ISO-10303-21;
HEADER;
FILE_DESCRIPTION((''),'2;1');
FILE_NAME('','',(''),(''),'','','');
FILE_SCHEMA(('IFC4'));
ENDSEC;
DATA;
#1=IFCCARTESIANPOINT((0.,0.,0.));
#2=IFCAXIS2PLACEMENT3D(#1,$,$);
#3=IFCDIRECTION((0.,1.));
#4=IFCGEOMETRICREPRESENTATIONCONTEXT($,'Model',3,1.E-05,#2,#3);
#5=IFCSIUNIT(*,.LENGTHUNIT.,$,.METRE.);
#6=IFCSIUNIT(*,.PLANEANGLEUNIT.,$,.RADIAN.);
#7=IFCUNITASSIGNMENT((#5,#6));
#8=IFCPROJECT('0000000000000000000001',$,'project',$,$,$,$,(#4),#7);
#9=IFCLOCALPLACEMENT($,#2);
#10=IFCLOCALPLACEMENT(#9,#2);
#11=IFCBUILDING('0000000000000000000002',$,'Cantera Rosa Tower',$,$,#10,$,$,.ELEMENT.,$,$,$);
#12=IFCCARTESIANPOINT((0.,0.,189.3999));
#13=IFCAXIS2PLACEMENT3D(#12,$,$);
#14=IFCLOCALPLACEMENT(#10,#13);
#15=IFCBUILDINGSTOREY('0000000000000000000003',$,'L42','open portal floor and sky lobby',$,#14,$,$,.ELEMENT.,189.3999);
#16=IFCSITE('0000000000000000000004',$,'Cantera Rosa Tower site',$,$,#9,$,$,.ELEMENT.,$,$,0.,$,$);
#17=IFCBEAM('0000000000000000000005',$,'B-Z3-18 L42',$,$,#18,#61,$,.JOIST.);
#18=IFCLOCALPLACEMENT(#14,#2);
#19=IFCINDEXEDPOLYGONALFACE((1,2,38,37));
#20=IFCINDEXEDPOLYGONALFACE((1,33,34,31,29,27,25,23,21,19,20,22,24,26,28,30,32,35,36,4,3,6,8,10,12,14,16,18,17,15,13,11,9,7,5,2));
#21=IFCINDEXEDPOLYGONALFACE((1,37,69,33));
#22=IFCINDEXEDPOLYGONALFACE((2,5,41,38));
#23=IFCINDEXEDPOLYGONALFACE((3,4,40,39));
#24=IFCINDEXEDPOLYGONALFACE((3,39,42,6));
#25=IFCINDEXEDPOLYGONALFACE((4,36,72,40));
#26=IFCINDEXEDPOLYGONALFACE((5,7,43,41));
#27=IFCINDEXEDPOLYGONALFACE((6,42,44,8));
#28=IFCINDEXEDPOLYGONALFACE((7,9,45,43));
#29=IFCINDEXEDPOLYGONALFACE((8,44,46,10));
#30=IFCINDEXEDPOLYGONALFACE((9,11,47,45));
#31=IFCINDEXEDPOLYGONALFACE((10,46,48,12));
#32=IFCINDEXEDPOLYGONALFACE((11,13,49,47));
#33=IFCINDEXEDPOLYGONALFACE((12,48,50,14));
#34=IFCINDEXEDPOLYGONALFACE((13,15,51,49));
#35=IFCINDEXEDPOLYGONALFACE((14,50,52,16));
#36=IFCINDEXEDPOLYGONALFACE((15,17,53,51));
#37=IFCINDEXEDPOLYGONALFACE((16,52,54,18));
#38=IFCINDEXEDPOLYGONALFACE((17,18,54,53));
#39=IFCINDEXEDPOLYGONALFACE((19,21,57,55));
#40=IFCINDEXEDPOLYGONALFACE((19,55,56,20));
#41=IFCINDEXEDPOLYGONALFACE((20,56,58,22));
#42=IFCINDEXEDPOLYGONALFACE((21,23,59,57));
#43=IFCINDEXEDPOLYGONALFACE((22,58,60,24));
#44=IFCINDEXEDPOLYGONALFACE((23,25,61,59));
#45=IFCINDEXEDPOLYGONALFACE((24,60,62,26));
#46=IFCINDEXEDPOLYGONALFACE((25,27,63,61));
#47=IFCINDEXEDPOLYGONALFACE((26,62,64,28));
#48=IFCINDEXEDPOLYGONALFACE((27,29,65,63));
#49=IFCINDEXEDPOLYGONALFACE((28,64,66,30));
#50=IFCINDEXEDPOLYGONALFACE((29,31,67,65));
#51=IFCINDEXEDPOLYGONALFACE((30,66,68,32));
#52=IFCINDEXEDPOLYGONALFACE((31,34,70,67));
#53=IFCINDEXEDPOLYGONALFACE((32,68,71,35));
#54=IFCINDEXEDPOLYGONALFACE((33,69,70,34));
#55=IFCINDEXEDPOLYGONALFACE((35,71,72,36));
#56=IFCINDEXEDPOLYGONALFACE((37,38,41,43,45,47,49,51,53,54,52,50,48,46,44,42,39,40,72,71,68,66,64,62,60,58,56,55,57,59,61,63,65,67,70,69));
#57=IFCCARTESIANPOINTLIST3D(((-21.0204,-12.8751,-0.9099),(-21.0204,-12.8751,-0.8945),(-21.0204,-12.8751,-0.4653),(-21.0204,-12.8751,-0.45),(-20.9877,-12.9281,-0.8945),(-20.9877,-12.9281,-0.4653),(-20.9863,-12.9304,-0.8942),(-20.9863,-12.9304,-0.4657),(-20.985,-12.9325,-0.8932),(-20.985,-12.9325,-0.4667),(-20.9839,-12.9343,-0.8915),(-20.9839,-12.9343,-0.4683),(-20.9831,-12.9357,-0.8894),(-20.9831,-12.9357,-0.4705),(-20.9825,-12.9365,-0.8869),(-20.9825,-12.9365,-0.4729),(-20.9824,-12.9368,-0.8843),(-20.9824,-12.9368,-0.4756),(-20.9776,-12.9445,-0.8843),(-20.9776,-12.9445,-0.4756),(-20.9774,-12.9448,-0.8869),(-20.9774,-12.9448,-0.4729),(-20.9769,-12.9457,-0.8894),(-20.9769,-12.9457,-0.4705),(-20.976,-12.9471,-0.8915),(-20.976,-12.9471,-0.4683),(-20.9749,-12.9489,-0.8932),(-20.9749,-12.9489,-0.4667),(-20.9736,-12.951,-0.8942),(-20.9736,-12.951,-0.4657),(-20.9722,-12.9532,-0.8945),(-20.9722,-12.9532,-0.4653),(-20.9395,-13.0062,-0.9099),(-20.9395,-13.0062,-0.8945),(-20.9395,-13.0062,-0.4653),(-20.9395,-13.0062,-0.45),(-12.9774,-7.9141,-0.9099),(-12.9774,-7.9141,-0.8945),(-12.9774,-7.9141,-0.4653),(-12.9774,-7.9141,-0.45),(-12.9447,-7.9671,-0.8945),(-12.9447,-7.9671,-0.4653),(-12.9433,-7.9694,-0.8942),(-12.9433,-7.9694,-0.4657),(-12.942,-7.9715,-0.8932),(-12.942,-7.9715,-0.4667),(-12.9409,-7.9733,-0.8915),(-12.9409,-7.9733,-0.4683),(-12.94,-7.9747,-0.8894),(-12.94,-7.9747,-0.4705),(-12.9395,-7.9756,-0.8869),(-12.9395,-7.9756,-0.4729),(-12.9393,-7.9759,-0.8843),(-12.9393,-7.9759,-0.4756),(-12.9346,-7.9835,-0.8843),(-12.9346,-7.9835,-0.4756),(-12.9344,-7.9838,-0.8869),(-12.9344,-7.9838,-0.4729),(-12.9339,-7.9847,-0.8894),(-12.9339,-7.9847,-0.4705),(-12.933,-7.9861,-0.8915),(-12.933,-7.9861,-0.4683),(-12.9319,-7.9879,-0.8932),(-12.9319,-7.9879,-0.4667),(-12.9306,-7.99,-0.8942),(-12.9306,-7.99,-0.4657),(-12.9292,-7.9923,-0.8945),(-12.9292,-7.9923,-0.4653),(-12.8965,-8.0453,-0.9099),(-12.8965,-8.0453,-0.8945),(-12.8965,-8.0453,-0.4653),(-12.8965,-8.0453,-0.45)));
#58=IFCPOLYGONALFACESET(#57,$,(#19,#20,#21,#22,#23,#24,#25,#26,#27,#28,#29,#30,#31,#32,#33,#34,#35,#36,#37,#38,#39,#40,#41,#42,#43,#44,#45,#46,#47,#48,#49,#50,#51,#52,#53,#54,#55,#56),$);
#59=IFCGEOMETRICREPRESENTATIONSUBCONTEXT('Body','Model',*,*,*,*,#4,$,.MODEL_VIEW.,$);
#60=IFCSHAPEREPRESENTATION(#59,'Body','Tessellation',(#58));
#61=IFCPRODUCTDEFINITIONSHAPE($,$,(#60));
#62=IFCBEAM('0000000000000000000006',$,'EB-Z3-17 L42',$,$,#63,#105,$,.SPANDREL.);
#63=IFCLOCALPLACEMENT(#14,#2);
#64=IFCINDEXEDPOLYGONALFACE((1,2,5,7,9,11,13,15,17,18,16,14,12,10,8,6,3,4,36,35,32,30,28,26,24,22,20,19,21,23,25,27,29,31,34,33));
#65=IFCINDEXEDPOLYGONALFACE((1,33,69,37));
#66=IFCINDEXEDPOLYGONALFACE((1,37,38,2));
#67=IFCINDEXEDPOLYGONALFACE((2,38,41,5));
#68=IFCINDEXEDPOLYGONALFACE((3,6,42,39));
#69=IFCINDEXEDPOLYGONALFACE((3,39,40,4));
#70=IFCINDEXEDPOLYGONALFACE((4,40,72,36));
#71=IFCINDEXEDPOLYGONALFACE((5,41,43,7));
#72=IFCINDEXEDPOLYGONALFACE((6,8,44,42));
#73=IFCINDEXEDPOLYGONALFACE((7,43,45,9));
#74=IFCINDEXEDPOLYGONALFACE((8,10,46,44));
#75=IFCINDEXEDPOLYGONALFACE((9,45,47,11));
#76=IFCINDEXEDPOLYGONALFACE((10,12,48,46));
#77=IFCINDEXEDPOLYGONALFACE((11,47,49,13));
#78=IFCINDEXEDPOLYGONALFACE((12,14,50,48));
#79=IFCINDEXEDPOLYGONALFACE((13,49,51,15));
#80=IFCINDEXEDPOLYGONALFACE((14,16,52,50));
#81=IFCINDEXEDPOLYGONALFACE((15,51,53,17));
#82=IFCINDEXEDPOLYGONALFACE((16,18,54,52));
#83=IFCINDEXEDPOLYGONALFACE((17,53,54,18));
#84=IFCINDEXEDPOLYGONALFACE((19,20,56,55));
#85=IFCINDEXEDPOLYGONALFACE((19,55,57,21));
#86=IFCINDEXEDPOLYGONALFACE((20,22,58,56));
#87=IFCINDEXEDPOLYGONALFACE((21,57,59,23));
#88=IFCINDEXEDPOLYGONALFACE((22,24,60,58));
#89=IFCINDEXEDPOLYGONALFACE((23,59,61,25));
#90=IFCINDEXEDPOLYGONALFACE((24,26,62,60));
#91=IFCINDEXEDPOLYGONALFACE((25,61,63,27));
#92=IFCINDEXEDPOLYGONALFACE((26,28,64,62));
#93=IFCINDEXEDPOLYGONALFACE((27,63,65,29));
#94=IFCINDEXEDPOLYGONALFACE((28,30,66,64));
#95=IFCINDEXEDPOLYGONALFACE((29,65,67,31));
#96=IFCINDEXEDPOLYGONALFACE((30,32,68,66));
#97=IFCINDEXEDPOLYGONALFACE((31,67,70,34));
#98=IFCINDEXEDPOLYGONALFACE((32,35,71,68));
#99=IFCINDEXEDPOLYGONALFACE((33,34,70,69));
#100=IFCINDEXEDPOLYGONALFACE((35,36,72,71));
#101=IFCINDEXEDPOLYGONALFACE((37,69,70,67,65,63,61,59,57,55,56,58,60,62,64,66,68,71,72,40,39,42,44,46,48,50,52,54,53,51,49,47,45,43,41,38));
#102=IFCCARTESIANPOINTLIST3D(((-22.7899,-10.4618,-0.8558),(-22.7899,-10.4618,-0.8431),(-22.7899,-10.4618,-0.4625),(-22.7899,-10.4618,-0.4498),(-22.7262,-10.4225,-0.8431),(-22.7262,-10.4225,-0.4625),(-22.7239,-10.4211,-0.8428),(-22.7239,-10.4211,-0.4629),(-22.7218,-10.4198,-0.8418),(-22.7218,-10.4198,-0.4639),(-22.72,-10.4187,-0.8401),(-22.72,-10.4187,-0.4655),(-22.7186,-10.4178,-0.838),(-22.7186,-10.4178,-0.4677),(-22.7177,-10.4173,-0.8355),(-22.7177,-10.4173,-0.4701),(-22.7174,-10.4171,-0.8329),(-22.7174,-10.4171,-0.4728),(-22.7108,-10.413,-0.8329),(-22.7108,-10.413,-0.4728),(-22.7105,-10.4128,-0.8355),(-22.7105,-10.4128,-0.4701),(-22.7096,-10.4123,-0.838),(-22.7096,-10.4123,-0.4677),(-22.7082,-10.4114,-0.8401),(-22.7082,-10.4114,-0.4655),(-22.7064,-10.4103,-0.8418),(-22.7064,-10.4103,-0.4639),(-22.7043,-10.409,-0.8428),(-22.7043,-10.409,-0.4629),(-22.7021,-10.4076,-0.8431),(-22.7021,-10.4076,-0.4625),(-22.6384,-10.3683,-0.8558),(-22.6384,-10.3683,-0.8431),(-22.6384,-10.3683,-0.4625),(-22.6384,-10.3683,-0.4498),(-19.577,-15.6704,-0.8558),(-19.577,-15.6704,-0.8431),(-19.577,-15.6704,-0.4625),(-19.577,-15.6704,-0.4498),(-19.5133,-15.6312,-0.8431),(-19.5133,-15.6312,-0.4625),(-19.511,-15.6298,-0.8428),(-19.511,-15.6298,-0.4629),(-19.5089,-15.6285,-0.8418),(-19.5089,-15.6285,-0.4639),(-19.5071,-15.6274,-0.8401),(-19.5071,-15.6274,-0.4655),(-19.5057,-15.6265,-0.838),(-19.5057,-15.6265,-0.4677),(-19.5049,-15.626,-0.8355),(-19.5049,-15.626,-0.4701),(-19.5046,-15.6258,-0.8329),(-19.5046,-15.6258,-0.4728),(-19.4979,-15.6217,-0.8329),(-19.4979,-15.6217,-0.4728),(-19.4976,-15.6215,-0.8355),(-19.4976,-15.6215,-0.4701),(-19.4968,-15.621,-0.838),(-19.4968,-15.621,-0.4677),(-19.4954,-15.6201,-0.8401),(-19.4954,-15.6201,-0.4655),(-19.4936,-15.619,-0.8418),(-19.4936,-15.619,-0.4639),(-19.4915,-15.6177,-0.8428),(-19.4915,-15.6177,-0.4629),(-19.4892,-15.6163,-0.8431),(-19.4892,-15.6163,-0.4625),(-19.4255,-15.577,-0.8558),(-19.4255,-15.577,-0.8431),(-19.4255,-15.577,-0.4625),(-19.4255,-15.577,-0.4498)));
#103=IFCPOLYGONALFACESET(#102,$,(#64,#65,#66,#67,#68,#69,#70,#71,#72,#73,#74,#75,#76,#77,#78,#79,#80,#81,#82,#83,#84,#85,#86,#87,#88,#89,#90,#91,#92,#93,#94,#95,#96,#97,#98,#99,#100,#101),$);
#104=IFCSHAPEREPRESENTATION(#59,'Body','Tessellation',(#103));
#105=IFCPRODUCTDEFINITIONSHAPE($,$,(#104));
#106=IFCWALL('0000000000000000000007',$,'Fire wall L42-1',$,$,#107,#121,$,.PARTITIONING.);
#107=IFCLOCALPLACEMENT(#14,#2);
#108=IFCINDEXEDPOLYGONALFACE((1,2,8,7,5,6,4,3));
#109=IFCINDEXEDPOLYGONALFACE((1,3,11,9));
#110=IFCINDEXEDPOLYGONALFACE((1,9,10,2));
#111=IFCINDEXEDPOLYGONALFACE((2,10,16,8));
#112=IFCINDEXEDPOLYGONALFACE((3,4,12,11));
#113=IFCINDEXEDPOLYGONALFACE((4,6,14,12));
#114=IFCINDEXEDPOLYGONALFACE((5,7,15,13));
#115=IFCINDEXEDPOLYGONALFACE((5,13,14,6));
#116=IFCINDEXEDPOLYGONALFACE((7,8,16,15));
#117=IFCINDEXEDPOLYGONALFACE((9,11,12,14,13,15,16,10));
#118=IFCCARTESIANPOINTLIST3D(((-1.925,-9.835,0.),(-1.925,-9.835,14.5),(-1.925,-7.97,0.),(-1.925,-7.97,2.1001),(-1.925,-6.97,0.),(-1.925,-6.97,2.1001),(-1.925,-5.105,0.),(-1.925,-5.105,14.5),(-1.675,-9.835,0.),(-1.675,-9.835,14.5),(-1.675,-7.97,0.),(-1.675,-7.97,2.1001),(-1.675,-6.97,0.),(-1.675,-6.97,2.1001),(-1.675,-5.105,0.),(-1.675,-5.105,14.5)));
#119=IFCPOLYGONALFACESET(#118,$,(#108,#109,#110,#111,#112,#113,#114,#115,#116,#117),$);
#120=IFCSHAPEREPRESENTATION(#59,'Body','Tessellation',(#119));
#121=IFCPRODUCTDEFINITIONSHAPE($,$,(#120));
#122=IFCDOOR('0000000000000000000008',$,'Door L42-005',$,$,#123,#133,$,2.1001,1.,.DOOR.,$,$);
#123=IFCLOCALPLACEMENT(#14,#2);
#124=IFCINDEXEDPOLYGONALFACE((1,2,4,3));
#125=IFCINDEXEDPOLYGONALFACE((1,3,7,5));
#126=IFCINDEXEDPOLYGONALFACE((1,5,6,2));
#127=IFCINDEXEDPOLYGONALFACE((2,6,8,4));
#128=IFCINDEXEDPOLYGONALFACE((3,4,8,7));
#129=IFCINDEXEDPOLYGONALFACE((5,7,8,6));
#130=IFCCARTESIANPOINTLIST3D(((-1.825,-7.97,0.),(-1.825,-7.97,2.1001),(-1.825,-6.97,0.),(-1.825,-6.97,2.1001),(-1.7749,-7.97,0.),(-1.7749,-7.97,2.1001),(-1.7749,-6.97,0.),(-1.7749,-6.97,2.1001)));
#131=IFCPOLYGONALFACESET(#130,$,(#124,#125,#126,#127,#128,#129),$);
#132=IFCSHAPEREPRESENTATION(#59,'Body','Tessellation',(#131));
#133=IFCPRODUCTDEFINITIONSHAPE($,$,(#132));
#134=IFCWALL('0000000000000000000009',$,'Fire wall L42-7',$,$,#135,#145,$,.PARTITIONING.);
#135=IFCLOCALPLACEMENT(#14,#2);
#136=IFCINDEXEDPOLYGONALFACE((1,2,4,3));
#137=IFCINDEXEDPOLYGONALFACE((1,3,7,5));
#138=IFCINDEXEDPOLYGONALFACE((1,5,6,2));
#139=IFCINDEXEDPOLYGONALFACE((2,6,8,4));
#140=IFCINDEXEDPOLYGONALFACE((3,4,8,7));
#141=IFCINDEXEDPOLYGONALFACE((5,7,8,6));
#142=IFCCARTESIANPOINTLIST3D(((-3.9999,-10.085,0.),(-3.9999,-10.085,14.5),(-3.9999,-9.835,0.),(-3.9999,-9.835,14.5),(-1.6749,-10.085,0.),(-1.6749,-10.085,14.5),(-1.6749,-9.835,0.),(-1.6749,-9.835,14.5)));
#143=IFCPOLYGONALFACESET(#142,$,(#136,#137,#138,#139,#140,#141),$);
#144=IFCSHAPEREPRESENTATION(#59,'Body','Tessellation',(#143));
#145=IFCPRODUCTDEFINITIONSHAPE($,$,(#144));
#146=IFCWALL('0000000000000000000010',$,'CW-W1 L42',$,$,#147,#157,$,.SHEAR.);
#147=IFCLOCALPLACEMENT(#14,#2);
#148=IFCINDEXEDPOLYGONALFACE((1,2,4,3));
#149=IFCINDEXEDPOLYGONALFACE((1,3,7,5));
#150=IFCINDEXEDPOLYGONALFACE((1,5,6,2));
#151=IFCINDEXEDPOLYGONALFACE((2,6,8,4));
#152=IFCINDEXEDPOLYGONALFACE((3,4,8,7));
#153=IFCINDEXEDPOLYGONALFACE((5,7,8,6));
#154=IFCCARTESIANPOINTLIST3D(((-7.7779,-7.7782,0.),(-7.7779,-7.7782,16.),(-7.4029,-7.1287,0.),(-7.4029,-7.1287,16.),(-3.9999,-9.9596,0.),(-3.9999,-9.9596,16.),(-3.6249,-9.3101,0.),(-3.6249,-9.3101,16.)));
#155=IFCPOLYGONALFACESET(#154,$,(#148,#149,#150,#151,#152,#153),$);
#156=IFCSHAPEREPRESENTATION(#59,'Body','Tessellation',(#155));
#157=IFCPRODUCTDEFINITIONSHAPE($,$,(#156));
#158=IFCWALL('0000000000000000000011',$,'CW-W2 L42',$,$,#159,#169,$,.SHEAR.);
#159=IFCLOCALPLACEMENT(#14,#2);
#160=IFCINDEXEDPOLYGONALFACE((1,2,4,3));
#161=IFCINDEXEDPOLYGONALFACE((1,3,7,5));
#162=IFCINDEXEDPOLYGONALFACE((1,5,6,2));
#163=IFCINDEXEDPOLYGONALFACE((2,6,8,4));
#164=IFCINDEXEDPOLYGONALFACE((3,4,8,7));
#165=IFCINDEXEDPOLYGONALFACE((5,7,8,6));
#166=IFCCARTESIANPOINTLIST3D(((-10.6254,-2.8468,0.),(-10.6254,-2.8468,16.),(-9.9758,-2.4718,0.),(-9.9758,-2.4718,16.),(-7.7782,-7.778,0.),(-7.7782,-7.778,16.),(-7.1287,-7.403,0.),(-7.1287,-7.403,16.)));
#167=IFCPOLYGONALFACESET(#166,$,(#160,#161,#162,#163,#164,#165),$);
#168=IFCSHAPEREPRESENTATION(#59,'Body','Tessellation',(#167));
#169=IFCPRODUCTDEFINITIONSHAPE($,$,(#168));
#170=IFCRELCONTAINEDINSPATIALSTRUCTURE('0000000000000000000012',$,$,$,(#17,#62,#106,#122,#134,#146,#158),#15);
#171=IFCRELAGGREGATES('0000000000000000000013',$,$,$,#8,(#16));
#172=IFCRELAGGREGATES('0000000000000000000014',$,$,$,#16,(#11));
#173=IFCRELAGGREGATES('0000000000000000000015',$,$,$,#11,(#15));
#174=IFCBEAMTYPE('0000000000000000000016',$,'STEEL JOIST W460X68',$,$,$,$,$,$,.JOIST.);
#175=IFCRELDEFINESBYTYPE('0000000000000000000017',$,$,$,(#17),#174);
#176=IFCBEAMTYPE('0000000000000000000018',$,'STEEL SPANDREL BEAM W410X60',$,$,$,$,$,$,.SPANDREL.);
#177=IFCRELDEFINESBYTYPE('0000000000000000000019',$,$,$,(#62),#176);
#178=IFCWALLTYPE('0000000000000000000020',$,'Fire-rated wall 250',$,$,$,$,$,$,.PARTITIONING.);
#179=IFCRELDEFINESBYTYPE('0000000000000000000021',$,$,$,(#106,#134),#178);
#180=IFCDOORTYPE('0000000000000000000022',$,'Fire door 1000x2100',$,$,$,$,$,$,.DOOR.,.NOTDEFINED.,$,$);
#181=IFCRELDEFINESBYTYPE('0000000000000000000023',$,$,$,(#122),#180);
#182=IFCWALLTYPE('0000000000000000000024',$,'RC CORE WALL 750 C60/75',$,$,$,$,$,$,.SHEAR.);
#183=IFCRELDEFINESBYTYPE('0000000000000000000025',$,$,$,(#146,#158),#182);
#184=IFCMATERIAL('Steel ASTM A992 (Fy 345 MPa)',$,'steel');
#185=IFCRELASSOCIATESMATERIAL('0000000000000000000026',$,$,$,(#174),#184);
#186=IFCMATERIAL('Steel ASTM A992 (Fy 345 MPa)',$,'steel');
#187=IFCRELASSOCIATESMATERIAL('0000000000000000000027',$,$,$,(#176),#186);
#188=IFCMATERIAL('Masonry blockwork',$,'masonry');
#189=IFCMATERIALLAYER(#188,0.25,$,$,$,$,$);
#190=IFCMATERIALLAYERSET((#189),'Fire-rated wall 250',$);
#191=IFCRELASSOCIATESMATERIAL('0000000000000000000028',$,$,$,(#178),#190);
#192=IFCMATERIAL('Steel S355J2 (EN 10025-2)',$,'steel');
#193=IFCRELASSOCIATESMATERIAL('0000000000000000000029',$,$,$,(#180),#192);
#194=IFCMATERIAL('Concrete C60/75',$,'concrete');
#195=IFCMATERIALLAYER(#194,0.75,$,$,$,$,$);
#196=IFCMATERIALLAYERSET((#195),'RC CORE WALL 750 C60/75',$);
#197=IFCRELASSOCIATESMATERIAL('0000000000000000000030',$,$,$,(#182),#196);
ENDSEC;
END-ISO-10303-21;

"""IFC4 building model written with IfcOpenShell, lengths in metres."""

from ifc_helpers import new_model, si_unit, direction, frame, frame_2d, origin, origin_2d, place, context, subcontext, project, spatial, rectangle, i_section, extrude, material, layer, layer_set, material_profile, profile_set, type_object, element, fill, save


model = new_model("IFC4")

# Units and contexts
model_context = context("Model", 3, precision=1e-05, world=origin(), true_north=direction((0.0, 1.0)))
body_context = subcontext(model_context, "Body", "Model", "MODEL_VIEW")
ifc_project = project(units=[si_unit("LENGTHUNIT", "METRE"), si_unit("PLANEANGLEUNIT", "RADIAN")], contexts=[model_context])

# Site, building, storey
site_placement = place(None, origin())
site = spatial("IfcSite", under=ifc_project, at=site_placement, Name="Cantera Rosa Tower site", CompositionType="ELEMENT", RefElevation=0.0)
building_placement = place(site_placement, origin())
building = spatial("IfcBuilding", under=site, at=building_placement, Name="Cantera Rosa Tower", CompositionType="ELEMENT")
storey_placement = place(building_placement, frame((0.0, 0.0, 189.3999)))
storey = spatial("IfcBuildingStorey", under=building, at=storey_placement, Name="L42", Description="open portal floor and sky lobby", CompositionType="ELEMENT", Elevation=189.3999)

# Beams
ifc_material_1 = material(Name="Steel ASTM A992 (Fy 345 MPa)", Category="steel")
ifc_material_profile_1 = material_profile(ifc_material_1, i_section(OverallWidth=0.1541, OverallDepth=0.46, WebThickness=0.009, FlangeThickness=0.0154, FilletRadius=0.0103, at=origin_2d()), Name="W460X68")
ifc_profile_set_1 = profile_set([ifc_material_profile_1], Name="Steel ASTM A992 (Fy 345 MPa)")
beam_type_1 = type_object("IfcBeamType", Name="STEEL JOIST W460X68", PredefinedType="JOIST", material=ifc_profile_set_1)
for number, where, z_axis, x_axis, name in (
    (1, (-20.98, -12.9407, -0.6799), (0.851119, 0.524974, 0.0), (-0.524974, 0.851119, 0.0), "B-Z3-18 L42"),
):
    element("IfcBeam", number, at=place(storey_placement, frame(where, z_axis=z_axis, x_axis=x_axis)), inside=storey, type_object=beam_type_1, Name=name, PredefinedType="JOIST", context=body_context, shape_type="SweptSolid", body=[
        extrude(i_section(OverallWidth=0.1541, OverallDepth=0.46, WebThickness=0.009, FlangeThickness=0.0154, FilletRadius=0.0103, at=origin_2d()), origin(), (0.0, 0.0, 1.0), 9.45),
    ])
ifc_material_2 = material(Name="Steel ASTM A992 (Fy 345 MPa)", Category="steel")
ifc_material_profile_2 = material_profile(ifc_material_2, i_section(OverallWidth=0.178, OverallDepth=0.406, WebThickness=0.0078, FlangeThickness=0.0127, FilletRadius=0.0103, at=origin_2d()), Name="W410X60")
ifc_profile_set_2 = profile_set([ifc_material_profile_2], Name="Steel ASTM A992 (Fy 345 MPa)")
beam_type_2 = type_object("IfcBeamType", Name="STEEL SPANDREL BEAM W410X60", PredefinedType="SPANDREL", material=ifc_profile_set_2)
beam_1_placement = place(storey_placement, frame((-22.7141, -10.415, -0.6528), z_axis=(0.524987, -0.85111, 0.0), x_axis=(0.85111, 0.524987, 0.0)))
element("IfcBeam", 2, at=beam_1_placement, inside=storey, type_object=beam_type_2, Name="EB-Z3-17 L42", PredefinedType="SPANDREL", context=body_context, shape_type="SweptSolid", body=[
    extrude(i_section(OverallWidth=0.178, OverallDepth=0.406, WebThickness=0.0078, FlangeThickness=0.0127, FilletRadius=0.0103, at=origin_2d()), origin(), (0.0, 0.0, 1.0), 6.1199),
])

# Wall, opening, door
ifc_material_3 = material(Name="Masonry blockwork", Category="masonry")
ifc_layer_1 = layer(ifc_material_3, 0.25)
ifc_layer_set_1 = layer_set([ifc_layer_1], Name="Fire-rated wall 250")
wall_type_1 = type_object("IfcWallType", Name="Fire-rated wall 250", PredefinedType="PARTITIONING", material=ifc_layer_set_1)
wall_1_placement = place(storey_placement, frame((-1.8, -9.835, 0.0), z_axis=(0.0, 0.0, 1.0), x_axis=(0.0, 1.0, 0.0)))
wall_1 = element("IfcWall", 3, at=wall_1_placement, inside=storey, type_object=wall_type_1, Name="Fire wall L42-1", PredefinedType="PARTITIONING", context=body_context, shape_type="SweptSolid", body=[
    extrude(rectangle(XDim=4.73, YDim=0.25, at=frame_2d((2.365, 0.0))), origin(), (0.0, 0.0, 1.0), 14.5),
])
opening_1_placement = place(wall_1_placement, frame((1.865, 0.0, 0.0)))
opening_1 = element("IfcOpeningElement", 4, at=opening_1_placement, cuts=wall_1, PredefinedType="OPENING", context=body_context, shape_type="SweptSolid", body=[
    extrude(rectangle(XDim=1.0, YDim=2.1001, at=frame_2d((0.5, 1.05))), frame((0.0, 0.135, 0.0), z_axis=(0.0, -1.0, 0.0), x_axis=(1.0, 0.0, 0.0)), (0.0, 0.0, 1.0), 0.27),
])
ifc_material_4 = material(Name="Steel S355J2 (EN 10025-2)", Category="steel")
door_type_1 = type_object("IfcDoorType", Name="Fire door 1000x2100", OperationType="NOTDEFINED", PredefinedType="DOOR", material=ifc_material_4)
door_1_placement = place(opening_1_placement, origin())
door_1 = element("IfcDoor", 5, at=door_1_placement, inside=storey, type_object=door_type_1, Name="Door L42-005", OverallHeight=2.1001, OverallWidth=1.0, PredefinedType="DOOR", context=body_context, shape_type="SweptSolid", body=[
    extrude(rectangle(XDim=1.0, YDim=2.1001, at=frame_2d((0.5, 1.05))), frame((0.0, 0.0249, 0.0), z_axis=(0.0, -1.0, 0.0), x_axis=(1.0, 0.0, 0.0)), (0.0, 0.0, 1.0), 0.05),
])
fill(opening_1, door_1)

# Walls
wall_2_placement = place(storey_placement, frame((-4.0, -9.96, 0.0), z_axis=(0.0, 0.0, 1.0), x_axis=(1.0, 0.0, 0.0)))
element("IfcWall", 6, at=wall_2_placement, inside=storey, type_object=wall_type_1, Name="Fire wall L42-7", PredefinedType="PARTITIONING", context=body_context, shape_type="SweptSolid", body=[
    extrude(rectangle(XDim=2.325, YDim=0.25, at=frame_2d((1.1626, 0.0))), origin(), (0.0, 0.0, 1.0), 14.5),
])
ifc_material_5 = material(Name="Concrete C60/75", Category="concrete")
ifc_layer_2 = layer(ifc_material_5, 0.75)
ifc_layer_set_2 = layer_set([ifc_layer_2], Name="RC CORE WALL 750 C60/75")
wall_type_2 = type_object("IfcWallType", Name="RC CORE WALL 750 C60/75", PredefinedType="SHEAR", material=ifc_layer_set_2)
wall_3_placement = place(storey_placement, frame((-3.8125, -9.6348, 0.0), z_axis=(0.0, 0.0, 1.0), x_axis=(-0.866013, 0.500021, 0.0)))
element("IfcWall", 7, at=wall_3_placement, inside=storey, type_object=wall_type_2, Name="CW-W1 L42", PredefinedType="SHEAR", context=body_context, shape_type="SweptSolid", body=[
    extrude(rectangle(XDim=4.3625, YDim=0.75, at=frame_2d((2.1812, 0.0))), origin(), (0.0, 0.0, 1.0), 16.0),
])
wall_4_placement = place(storey_placement, frame((-7.4534, -7.5906, 0.0), z_axis=(0.0, 0.0, 1.0), x_axis=(-0.500022, 0.866013, 0.0)))
element("IfcWall", 8, at=wall_4_placement, inside=storey, type_object=wall_type_2, Name="CW-W2 L42", PredefinedType="SHEAR", context=body_context, shape_type="SweptSolid", body=[
    extrude(rectangle(XDim=5.6941, YDim=0.75, at=frame_2d((2.8472, 0.0))), origin(), (0.0, 0.0, 1.0), 16.0),
])

save(model, "model.ifc")
